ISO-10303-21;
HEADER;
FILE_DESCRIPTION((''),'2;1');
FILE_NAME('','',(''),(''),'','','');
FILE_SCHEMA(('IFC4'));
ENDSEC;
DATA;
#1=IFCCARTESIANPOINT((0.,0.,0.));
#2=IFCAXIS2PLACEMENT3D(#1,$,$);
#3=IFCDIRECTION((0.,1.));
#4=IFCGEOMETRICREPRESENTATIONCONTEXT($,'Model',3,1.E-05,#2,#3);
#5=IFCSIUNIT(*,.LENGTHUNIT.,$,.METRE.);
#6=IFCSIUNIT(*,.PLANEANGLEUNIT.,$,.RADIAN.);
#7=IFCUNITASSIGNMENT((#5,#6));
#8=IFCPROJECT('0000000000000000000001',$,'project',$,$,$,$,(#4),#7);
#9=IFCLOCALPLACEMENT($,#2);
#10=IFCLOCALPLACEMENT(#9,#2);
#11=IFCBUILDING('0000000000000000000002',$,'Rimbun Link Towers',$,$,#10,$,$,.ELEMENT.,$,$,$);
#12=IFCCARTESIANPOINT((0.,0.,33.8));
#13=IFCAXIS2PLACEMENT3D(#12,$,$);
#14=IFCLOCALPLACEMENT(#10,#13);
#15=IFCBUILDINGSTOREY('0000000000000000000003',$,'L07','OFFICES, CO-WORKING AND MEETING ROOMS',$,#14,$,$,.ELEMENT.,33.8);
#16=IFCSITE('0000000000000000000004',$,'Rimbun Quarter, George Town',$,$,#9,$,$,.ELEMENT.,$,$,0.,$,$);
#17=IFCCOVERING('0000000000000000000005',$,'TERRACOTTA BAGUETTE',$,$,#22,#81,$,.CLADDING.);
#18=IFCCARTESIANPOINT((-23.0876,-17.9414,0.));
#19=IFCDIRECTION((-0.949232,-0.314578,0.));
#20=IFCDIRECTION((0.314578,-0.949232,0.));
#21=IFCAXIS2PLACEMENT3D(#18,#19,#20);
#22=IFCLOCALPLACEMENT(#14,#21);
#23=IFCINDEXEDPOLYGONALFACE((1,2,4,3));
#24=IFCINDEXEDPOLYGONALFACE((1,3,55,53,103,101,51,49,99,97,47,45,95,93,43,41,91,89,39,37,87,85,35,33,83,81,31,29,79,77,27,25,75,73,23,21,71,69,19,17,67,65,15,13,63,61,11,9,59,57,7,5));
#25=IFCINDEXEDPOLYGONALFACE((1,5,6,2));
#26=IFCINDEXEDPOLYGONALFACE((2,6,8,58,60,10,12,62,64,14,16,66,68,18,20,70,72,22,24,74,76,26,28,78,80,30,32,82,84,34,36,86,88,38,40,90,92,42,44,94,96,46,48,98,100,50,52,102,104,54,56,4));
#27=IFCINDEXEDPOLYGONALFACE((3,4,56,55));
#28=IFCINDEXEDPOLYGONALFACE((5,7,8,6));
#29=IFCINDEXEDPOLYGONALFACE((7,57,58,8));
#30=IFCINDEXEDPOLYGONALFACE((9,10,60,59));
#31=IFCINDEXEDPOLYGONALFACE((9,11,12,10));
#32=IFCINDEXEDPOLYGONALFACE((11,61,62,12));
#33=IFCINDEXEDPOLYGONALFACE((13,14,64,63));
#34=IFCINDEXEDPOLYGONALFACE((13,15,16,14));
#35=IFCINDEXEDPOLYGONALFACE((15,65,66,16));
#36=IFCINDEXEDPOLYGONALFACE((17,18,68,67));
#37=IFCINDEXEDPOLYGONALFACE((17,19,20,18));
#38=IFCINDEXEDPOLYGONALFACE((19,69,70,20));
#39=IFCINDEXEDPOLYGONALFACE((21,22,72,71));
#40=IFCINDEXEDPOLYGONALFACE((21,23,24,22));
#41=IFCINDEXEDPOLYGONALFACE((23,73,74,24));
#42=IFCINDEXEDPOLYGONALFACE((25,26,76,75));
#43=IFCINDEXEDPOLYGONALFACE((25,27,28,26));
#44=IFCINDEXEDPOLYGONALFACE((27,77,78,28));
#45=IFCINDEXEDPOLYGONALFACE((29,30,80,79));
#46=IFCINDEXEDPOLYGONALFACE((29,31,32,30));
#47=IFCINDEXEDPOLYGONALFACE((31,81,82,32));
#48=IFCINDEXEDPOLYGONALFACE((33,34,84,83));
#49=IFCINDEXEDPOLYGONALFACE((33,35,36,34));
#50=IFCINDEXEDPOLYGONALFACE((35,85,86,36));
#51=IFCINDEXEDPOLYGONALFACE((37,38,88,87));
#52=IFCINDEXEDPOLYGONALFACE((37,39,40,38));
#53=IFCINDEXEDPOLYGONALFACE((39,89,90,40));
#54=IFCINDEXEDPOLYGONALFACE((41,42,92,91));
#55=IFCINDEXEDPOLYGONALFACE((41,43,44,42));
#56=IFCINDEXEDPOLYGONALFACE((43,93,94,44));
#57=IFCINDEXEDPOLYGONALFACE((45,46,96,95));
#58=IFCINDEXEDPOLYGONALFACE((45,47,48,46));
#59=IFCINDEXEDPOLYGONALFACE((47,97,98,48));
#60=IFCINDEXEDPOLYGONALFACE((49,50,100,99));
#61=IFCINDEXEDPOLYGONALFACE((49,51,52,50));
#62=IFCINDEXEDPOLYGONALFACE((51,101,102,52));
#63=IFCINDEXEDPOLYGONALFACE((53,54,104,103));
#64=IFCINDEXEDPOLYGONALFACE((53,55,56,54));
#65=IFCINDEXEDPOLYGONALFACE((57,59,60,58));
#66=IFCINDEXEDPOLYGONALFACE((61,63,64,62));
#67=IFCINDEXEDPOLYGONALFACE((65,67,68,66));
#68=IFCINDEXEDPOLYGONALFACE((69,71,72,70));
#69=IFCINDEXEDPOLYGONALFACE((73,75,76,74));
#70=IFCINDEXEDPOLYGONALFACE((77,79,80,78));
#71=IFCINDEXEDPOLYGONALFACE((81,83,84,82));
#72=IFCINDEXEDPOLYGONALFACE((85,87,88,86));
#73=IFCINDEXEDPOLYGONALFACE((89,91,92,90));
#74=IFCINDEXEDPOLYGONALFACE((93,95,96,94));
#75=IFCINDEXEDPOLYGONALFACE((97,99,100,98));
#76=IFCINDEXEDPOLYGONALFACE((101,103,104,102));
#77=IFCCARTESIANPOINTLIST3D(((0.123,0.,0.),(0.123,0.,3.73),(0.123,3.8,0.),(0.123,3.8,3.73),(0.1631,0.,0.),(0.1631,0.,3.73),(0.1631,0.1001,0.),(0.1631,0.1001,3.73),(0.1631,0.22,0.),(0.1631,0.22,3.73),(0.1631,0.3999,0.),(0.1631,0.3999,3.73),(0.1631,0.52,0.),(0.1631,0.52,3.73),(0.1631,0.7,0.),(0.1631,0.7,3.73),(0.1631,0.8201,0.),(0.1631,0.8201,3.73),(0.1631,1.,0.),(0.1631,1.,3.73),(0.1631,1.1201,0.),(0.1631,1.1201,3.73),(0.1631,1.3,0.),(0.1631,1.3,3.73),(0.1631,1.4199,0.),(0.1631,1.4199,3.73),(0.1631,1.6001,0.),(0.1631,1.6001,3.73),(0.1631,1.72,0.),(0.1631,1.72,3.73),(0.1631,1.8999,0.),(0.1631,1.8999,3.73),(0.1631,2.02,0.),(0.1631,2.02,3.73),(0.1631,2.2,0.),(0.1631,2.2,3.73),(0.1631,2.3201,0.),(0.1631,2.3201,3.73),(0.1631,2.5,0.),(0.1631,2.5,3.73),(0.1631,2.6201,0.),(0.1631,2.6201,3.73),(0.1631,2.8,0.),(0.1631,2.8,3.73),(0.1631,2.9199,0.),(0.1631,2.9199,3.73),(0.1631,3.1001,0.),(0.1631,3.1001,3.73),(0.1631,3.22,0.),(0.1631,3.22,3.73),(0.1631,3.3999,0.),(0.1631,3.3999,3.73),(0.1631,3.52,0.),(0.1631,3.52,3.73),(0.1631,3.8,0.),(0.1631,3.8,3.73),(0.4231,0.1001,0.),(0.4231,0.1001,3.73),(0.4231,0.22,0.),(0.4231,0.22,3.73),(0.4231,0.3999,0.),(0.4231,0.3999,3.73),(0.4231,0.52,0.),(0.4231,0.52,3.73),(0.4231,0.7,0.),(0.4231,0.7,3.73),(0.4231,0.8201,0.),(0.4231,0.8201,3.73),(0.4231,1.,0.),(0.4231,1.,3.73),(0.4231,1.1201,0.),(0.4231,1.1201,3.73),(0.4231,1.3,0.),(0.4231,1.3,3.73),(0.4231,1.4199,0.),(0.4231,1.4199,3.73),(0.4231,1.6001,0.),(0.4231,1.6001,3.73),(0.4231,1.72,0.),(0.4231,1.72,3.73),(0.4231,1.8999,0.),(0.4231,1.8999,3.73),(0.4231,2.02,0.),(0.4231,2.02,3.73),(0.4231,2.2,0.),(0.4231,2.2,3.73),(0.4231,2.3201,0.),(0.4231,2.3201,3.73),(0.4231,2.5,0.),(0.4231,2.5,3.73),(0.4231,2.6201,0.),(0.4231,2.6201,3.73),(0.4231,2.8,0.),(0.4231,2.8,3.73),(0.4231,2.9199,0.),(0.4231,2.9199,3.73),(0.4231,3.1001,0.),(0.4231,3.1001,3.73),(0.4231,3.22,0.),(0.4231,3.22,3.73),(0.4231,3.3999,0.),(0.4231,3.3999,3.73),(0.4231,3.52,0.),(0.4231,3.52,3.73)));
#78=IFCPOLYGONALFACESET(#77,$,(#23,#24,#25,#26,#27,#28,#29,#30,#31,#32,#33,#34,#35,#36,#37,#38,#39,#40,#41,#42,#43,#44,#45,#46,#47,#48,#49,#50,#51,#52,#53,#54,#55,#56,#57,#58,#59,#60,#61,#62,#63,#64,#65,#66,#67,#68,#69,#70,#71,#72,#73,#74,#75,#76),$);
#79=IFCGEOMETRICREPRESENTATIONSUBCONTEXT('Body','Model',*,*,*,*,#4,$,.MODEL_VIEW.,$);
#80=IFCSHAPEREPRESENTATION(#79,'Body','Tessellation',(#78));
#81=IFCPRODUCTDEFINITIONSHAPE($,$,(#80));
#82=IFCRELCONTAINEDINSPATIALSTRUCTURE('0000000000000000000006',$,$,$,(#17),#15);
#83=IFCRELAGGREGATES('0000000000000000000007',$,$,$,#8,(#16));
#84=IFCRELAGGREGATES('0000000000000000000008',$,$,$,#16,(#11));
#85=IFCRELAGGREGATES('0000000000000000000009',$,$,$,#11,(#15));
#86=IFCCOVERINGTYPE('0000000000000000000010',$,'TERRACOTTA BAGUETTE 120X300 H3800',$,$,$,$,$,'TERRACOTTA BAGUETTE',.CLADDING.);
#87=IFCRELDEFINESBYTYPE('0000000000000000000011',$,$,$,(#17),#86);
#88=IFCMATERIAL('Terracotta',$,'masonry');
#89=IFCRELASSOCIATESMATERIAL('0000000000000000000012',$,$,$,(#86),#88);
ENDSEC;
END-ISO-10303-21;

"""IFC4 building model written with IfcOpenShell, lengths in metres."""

from ifc_helpers import new_model, si_unit, direction, frame, origin, place, context, subcontext, project, spatial, polyline, outline, extrude, material, material_profile, profile_set, type_object, element, save


model = new_model("IFC4")

# Units and contexts
model_context = context("Model", 3, precision=1e-05, world=origin(), true_north=direction((0.0, 1.0)))
body_context = subcontext(model_context, "Body", "Model", "MODEL_VIEW")
ifc_project = project(units=[si_unit("LENGTHUNIT", "METRE"), si_unit("PLANEANGLEUNIT", "RADIAN")], contexts=[model_context])

# Site, building, storey
site_placement = place(None, origin())
site = spatial("IfcSite", under=ifc_project, at=site_placement, Name="Rimbun Quarter, George Town", CompositionType="ELEMENT", RefElevation=0.0)
building_placement = place(site_placement, origin())
building = spatial("IfcBuilding", under=site, at=building_placement, Name="Rimbun Link Towers", CompositionType="ELEMENT")
storey_placement = place(building_placement, frame((0.0, 0.0, 33.8)))
storey = spatial("IfcBuildingStorey", under=building, at=storey_placement, Name="L07", Description="OFFICES, CO-WORKING AND MEETING ROOMS", CompositionType="ELEMENT", Elevation=33.8)

# Covering
ifc_material_1 = material(Name="Terracotta", Category="masonry")
ifc_material_profile_1 = material_profile(ifc_material_1, outline(polyline([(0.123, 0.0), (0.1631, 0.0), (0.1631, 0.1001), (0.4231, 0.1001), (0.4231, 0.22), (0.1631, 0.22), (0.1631, 0.3999), (0.4231, 0.3999), (0.4231, 0.52), (0.1631, 0.52), (0.1631, 0.7), (0.4231, 0.7), (0.4231, 0.8201), (0.1631, 0.8201), (0.1631, 1.0), (0.4231, 1.0), (0.4231, 1.1201), (0.1631, 1.1201), (0.1631, 1.3), (0.4231, 1.3), (0.4231, 1.4199), (0.1631, 1.4199), (0.1631, 1.6001), (0.4231, 1.6001), (0.4231, 1.72), (0.1631, 1.72), (0.1631, 1.8999), (0.4231, 1.8999), (0.4231, 2.02), (0.1631, 2.02), (0.1631, 2.2), (0.4231, 2.2), (0.4231, 2.3201), (0.1631, 2.3201), (0.1631, 2.5), (0.4231, 2.5), (0.4231, 2.6201), (0.1631, 2.6201), (0.1631, 2.8), (0.4231, 2.8), (0.4231, 2.9199), (0.1631, 2.9199), (0.1631, 3.1001), (0.4231, 3.1001), (0.4231, 3.22), (0.1631, 3.22), (0.1631, 3.3999), (0.4231, 3.3999), (0.4231, 3.52), (0.1631, 3.52), (0.1631, 3.8), (0.123, 3.8), (0.123, 0.0)])), Name="BAGUETTE 120X300")
ifc_profile_set_1 = profile_set([ifc_material_profile_1], Name="Terracotta")
covering_type = type_object("IfcCoveringType", Name="TERRACOTTA BAGUETTE 120X300 H3800", ElementType="TERRACOTTA BAGUETTE", PredefinedType="CLADDING", material=ifc_profile_set_1)
covering_1_placement = place(storey_placement, frame((-23.0876, -17.9414, 0.0), z_axis=(-0.949232, -0.314578, 0.0), x_axis=(0.314578, -0.949232, 0.0)))
element("IfcCovering", 1, at=covering_1_placement, inside=storey, type_object=covering_type, Name="TERRACOTTA BAGUETTE", PredefinedType="CLADDING", context=body_context, shape_type="SweptSolid", body=[
    extrude(outline(polyline([(0.123, 0.0), (0.1631, 0.0), (0.1631, 0.1001), (0.4231, 0.1001), (0.4231, 0.22), (0.1631, 0.22), (0.1631, 0.3999), (0.4231, 0.3999), (0.4231, 0.52), (0.1631, 0.52), (0.1631, 0.7), (0.4231, 0.7), (0.4231, 0.8201), (0.1631, 0.8201), (0.1631, 1.0), (0.4231, 1.0), (0.4231, 1.1201), (0.1631, 1.1201), (0.1631, 1.3), (0.4231, 1.3), (0.4231, 1.4199), (0.1631, 1.4199), (0.1631, 1.6001), (0.4231, 1.6001), (0.4231, 1.72), (0.1631, 1.72), (0.1631, 1.8999), (0.4231, 1.8999), (0.4231, 2.02), (0.1631, 2.02), (0.1631, 2.2), (0.4231, 2.2), (0.4231, 2.3201), (0.1631, 2.3201), (0.1631, 2.5), (0.4231, 2.5), (0.4231, 2.6201), (0.1631, 2.6201), (0.1631, 2.8), (0.4231, 2.8), (0.4231, 2.9199), (0.1631, 2.9199), (0.1631, 3.1001), (0.4231, 3.1001), (0.4231, 3.22), (0.1631, 3.22), (0.1631, 3.3999), (0.4231, 3.3999), (0.4231, 3.52), (0.1631, 3.52), (0.1631, 3.8), (0.123, 3.8), (0.123, 0.0)])), origin(), (0.0, 0.0, 1.0), 3.73),
])

save(model, "model.ifc")
